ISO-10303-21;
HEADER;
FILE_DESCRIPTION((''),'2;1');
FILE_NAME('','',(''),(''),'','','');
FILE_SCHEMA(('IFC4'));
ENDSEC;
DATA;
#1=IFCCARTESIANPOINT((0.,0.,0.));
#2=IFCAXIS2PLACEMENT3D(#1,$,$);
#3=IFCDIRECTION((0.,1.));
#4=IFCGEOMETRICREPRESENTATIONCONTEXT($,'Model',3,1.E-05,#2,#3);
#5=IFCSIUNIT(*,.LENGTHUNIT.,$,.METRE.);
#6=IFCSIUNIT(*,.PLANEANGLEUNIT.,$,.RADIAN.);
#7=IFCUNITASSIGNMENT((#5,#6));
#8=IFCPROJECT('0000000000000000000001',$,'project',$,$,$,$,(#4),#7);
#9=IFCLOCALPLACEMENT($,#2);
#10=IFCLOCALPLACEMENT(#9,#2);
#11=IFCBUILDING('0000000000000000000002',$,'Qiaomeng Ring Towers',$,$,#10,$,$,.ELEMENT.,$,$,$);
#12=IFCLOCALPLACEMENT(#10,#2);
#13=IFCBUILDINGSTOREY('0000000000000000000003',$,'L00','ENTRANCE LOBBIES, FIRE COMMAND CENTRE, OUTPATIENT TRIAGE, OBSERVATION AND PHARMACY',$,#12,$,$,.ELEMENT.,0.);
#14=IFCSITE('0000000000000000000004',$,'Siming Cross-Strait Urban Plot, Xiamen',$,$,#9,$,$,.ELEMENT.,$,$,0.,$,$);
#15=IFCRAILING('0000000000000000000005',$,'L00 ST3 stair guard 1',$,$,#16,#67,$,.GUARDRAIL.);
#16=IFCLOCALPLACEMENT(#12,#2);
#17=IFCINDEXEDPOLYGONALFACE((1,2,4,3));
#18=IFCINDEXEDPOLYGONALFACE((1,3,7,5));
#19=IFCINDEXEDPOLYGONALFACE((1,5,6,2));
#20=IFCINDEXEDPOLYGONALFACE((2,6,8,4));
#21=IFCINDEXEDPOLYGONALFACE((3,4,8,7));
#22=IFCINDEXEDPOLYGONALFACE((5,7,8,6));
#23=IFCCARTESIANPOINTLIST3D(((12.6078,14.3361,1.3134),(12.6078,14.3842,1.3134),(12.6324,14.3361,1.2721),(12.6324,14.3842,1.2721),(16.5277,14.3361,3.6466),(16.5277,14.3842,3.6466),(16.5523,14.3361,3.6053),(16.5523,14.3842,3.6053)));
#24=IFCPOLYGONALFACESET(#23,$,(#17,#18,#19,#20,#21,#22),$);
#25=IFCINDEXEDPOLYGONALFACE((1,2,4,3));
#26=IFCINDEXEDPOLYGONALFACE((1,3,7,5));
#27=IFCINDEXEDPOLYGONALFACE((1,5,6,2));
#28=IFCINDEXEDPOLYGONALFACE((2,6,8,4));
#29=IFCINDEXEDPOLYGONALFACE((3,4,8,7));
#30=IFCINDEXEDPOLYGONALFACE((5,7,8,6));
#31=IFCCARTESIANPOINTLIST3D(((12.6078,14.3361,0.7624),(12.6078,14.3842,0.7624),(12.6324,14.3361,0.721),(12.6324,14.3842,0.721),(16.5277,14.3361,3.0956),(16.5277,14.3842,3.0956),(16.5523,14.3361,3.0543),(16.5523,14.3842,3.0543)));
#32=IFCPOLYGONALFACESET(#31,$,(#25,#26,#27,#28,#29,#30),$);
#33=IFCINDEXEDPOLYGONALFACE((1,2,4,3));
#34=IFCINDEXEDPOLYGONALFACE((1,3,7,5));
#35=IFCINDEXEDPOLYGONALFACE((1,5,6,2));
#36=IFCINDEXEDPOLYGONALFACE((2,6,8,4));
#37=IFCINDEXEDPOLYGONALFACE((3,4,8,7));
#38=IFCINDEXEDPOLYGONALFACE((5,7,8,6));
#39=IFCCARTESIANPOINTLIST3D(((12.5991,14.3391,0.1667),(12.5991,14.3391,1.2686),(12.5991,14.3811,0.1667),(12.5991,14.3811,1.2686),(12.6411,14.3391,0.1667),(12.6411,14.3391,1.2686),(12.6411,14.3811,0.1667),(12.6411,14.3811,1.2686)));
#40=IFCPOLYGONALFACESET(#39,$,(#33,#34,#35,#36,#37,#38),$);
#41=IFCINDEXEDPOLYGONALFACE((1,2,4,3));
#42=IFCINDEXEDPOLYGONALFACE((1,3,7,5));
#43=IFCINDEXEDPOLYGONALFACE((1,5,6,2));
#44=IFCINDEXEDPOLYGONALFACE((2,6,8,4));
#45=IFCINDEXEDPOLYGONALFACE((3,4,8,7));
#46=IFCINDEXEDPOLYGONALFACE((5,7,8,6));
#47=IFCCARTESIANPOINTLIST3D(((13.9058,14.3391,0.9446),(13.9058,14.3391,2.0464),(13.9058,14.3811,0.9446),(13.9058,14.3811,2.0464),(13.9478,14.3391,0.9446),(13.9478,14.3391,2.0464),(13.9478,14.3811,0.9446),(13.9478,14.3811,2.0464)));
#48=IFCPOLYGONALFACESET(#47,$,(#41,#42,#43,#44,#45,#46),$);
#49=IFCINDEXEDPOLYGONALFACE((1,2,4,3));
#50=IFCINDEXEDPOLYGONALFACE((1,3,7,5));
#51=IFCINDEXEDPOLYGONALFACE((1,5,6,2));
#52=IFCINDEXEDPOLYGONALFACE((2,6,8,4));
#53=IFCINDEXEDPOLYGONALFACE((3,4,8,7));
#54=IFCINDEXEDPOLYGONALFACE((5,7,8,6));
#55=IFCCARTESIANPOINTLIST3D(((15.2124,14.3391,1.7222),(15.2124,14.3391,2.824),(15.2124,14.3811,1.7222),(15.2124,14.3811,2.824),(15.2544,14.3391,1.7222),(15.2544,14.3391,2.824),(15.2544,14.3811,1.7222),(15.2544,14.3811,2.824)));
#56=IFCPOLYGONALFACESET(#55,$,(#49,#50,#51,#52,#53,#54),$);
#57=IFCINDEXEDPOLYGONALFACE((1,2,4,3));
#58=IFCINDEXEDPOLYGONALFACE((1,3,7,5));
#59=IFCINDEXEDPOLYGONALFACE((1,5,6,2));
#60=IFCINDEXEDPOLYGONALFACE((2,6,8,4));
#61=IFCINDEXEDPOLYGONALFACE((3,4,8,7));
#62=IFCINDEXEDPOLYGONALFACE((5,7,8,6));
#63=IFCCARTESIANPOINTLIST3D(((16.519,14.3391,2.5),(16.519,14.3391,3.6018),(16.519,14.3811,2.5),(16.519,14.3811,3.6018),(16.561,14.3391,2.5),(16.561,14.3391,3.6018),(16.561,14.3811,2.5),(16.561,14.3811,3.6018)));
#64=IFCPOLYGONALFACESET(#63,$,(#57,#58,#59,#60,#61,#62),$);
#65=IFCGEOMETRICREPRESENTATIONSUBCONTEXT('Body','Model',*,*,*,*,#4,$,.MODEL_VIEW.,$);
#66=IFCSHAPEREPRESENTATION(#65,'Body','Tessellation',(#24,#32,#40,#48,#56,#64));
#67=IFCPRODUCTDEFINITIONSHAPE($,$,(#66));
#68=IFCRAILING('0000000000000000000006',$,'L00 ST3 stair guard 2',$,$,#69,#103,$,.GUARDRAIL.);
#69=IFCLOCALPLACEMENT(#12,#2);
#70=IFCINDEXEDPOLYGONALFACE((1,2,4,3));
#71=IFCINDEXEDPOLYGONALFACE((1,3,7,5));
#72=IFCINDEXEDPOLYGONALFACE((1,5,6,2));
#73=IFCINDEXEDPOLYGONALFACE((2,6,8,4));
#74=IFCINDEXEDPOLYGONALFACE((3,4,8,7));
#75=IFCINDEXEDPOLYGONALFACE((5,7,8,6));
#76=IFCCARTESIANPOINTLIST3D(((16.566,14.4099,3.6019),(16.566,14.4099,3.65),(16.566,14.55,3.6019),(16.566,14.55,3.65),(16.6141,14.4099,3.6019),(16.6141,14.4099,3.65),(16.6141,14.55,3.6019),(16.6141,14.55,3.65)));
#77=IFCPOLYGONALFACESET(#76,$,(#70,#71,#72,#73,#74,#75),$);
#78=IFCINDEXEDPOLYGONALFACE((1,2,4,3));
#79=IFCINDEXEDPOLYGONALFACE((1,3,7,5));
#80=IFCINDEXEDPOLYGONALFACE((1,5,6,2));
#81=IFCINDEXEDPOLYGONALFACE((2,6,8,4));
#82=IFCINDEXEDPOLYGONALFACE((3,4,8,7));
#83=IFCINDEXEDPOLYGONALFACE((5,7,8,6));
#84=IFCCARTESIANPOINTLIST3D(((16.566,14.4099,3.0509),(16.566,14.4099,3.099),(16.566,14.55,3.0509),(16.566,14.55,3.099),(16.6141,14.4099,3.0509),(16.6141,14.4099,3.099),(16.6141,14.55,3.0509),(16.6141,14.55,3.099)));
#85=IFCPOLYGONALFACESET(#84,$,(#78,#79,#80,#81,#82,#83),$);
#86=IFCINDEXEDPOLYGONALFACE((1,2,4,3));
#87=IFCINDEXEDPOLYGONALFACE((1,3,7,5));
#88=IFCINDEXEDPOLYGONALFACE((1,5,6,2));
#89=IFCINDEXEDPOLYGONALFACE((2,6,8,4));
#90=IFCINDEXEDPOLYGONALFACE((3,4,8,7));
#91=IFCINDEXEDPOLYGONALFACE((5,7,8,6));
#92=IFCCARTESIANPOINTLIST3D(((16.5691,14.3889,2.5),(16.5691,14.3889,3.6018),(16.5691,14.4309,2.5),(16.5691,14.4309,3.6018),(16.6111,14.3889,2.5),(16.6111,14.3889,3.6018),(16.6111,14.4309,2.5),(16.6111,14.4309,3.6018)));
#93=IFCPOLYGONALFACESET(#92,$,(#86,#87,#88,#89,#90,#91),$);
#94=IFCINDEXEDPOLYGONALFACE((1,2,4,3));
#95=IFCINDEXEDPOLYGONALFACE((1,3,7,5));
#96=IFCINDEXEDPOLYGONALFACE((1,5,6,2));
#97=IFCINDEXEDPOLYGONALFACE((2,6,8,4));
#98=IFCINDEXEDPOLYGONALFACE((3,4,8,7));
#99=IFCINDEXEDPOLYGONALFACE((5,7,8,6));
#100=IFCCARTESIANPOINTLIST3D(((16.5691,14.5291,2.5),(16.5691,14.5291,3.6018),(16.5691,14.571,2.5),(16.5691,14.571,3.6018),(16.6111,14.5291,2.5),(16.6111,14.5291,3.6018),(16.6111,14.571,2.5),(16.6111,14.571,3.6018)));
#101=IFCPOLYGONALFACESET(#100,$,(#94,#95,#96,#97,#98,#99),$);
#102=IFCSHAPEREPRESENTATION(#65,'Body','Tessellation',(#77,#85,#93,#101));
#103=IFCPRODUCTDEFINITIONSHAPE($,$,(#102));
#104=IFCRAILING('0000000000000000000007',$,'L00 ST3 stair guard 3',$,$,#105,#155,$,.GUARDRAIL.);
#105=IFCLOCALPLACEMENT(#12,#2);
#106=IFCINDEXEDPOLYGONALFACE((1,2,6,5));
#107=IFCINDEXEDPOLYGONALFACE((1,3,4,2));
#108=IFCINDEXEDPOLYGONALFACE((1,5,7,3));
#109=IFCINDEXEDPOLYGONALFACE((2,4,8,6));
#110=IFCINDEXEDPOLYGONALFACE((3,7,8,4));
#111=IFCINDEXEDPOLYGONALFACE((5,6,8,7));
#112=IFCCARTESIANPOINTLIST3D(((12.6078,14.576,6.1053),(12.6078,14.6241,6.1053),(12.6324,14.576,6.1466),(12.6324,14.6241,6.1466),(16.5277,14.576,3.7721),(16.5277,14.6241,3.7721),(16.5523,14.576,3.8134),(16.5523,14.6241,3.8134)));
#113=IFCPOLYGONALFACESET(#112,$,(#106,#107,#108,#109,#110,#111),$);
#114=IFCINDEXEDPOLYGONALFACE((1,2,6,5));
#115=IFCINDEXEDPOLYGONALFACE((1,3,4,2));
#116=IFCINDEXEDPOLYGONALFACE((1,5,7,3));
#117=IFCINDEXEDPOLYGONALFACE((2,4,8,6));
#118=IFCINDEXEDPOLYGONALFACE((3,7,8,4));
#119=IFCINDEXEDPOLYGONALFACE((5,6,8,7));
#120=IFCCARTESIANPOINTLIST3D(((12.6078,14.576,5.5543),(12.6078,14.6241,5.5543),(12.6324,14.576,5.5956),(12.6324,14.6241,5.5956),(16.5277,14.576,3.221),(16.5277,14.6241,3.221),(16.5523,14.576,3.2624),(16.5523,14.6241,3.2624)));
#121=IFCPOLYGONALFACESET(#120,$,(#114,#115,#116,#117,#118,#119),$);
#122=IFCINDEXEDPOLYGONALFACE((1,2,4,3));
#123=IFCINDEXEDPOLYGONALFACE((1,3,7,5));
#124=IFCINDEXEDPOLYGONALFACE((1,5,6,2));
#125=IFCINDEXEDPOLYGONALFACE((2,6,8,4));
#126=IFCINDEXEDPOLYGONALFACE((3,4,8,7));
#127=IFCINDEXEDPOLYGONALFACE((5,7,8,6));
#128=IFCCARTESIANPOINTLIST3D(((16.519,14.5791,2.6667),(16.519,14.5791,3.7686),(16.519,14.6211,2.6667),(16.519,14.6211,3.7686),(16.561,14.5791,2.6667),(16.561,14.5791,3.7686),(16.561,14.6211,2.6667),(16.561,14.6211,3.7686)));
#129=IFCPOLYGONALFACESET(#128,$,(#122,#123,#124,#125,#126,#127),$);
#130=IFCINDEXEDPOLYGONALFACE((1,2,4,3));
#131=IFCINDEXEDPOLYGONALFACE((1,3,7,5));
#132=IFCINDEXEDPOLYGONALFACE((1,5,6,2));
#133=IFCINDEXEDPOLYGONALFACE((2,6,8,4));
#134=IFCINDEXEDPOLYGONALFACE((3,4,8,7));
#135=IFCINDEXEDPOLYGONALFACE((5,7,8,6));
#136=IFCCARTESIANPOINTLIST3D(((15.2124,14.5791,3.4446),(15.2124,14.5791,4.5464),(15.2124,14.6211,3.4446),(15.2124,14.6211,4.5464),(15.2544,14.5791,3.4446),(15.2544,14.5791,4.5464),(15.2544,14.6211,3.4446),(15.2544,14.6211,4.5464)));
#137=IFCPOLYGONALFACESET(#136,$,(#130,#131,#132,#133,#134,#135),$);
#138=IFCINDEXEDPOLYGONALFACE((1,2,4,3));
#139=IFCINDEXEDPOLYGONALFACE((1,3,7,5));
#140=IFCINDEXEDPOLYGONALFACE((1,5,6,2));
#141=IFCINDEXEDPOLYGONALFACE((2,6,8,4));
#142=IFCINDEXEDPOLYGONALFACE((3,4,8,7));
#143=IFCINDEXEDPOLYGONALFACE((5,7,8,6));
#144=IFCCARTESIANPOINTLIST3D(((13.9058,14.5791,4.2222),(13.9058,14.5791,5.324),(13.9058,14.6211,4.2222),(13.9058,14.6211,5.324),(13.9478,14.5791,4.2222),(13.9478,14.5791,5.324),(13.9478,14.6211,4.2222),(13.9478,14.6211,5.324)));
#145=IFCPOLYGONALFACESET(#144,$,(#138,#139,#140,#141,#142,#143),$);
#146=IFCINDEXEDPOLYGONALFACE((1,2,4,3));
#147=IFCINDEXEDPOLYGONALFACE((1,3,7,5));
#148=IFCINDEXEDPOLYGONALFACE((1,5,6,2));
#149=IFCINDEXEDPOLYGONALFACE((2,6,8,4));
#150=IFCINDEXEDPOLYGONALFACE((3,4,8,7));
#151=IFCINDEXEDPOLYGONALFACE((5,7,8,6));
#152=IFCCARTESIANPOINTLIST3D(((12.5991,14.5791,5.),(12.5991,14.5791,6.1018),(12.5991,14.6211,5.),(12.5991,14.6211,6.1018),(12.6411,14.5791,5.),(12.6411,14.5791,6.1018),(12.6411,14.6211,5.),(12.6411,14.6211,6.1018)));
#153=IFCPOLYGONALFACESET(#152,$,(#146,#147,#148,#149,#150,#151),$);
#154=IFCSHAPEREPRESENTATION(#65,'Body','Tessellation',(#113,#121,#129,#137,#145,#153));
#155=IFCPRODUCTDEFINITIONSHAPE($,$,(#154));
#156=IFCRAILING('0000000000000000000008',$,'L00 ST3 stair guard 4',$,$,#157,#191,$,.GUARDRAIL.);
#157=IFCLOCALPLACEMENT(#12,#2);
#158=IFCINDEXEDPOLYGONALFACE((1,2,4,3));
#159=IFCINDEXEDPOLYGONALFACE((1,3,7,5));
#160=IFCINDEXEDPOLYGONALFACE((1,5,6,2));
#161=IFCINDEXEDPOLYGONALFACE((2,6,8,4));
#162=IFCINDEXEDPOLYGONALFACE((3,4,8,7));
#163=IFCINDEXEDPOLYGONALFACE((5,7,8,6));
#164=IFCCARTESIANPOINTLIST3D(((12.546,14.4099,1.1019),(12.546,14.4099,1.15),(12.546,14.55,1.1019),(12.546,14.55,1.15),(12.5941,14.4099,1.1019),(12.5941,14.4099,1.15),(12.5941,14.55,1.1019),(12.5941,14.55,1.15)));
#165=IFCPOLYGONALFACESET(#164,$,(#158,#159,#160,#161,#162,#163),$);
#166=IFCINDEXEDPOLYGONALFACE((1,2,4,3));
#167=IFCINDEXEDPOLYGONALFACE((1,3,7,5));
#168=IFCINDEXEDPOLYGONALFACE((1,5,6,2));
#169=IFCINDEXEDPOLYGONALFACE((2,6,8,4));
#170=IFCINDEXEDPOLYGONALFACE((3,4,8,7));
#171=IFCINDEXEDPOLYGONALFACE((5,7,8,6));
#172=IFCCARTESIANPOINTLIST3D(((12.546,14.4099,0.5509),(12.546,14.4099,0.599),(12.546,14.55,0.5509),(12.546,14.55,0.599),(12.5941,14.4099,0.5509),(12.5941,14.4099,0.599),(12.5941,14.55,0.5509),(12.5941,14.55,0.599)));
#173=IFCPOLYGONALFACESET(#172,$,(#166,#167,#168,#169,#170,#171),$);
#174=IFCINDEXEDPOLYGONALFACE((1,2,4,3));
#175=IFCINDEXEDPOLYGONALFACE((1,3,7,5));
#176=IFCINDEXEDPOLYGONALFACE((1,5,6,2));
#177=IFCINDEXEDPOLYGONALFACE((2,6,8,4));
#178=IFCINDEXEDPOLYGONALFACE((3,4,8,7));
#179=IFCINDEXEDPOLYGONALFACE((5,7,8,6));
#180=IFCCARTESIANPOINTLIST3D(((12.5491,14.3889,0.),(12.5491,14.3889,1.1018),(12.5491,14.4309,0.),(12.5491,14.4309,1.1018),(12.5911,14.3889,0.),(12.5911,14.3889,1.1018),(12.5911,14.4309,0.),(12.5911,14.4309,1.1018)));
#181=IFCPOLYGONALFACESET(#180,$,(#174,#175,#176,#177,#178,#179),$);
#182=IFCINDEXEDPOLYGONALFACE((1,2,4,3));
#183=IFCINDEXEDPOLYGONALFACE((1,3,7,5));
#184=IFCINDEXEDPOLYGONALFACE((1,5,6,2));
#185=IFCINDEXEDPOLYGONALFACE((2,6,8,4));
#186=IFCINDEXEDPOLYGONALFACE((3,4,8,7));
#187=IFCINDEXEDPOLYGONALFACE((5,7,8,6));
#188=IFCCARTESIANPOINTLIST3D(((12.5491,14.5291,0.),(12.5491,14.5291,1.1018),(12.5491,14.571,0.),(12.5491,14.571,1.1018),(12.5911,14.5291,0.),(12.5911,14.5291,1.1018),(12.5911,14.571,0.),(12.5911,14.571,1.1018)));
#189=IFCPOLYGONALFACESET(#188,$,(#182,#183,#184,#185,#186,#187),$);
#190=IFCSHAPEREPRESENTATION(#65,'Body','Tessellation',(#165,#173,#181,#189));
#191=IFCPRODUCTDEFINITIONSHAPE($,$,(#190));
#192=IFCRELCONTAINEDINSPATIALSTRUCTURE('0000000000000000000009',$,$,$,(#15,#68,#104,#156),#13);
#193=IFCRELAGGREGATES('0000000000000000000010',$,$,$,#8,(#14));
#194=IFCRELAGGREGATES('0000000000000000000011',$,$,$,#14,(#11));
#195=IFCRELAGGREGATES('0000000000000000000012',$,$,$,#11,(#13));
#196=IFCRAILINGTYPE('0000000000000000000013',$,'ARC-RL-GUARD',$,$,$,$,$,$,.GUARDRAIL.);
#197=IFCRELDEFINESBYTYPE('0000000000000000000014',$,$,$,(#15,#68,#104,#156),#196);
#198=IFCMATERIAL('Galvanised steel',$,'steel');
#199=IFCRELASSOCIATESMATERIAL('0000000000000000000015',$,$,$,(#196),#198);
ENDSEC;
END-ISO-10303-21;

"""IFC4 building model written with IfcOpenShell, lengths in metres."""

from ifc_helpers import new_model, si_unit, direction, frame, origin, origin_2d, place, context, subcontext, project, spatial, rectangle, extrude, material, type_object, element, save


model = new_model("IFC4")

# Units and contexts
model_context = context("Model", 3, precision=1e-05, world=origin(), true_north=direction((0.0, 1.0)))
body_context = subcontext(model_context, "Body", "Model", "MODEL_VIEW")
ifc_project = project(units=[si_unit("LENGTHUNIT", "METRE"), si_unit("PLANEANGLEUNIT", "RADIAN")], contexts=[model_context])

# Site, building, storey
site_placement = place(None, origin())
site = spatial("IfcSite", under=ifc_project, at=site_placement, Name="Siming Cross-Strait Urban Plot, Xiamen", CompositionType="ELEMENT", RefElevation=0.0)
building_placement = place(site_placement, origin())
building = spatial("IfcBuilding", under=site, at=building_placement, Name="Qiaomeng Ring Towers", CompositionType="ELEMENT")
storey_placement = place(building_placement, origin())
storey = spatial("IfcBuildingStorey", under=building, at=storey_placement, Name="L00", Description="ENTRANCE LOBBIES, FIRE COMMAND CENTRE, OUTPATIENT TRIAGE, OBSERVATION AND PHARMACY", CompositionType="ELEMENT", Elevation=0.0)

# Shared definitions
ifc_material_1 = material(Name="Galvanised steel", Category="steel")

# Railings
railing_type_1 = type_object("IfcRailingType", Name="ARC-RL-GUARD", PredefinedType="GUARDRAIL", material=ifc_material_1)
railing_1_placement = place(storey_placement, frame((12.6201, 14.3601, 0.1667)))
element("IfcRailing", 1, at=railing_1_placement, inside=storey, type_object=railing_type_1, Name="L00 ST3 stair guard 1", PredefinedType="GUARDRAIL", context=body_context, shape_type="SweptSolid", body=[
    extrude(rectangle(XDim=0.0481, YDim=0.0481, at=origin_2d()), frame((0.0, 0.0, 1.126), z_axis=(0.859296, 0.0, 0.511478), x_axis=(0.0, 1.0, 0.0)), (0.0, 0.0, 1.0), 4.5618),
    extrude(rectangle(XDim=0.0481, YDim=0.0481, at=origin_2d()), frame((0.0, 0.0, 0.575), z_axis=(0.859296, 0.0, 0.511478), x_axis=(0.0, 1.0, 0.0)), (0.0, 0.0, 1.0), 4.5618),
    extrude(rectangle(XDim=0.042, YDim=0.042, at=origin_2d()), origin(), (0.0, 0.0, 1.0), 1.1018),
    extrude(rectangle(XDim=0.042, YDim=0.042, at=origin_2d()), frame((1.3066, 0.0, 0.7778)), (0.0, 0.0, 1.0), 1.1018),
    extrude(rectangle(XDim=0.042, YDim=0.042, at=origin_2d()), frame((2.6133, 0.0, 1.5554)), (0.0, 0.0, 1.0), 1.1018),
    extrude(rectangle(XDim=0.042, YDim=0.042, at=origin_2d()), frame((3.9199, 0.0, 2.3333)), (0.0, 0.0, 1.0), 1.1018),
])
railing_2_placement = place(storey_placement, frame((16.5901, 14.4099, 2.5)))
element("IfcRailing", 2, at=railing_2_placement, inside=storey, type_object=railing_type_1, Name="L00 ST3 stair guard 2", PredefinedType="GUARDRAIL", context=body_context, shape_type="SweptSolid", body=[
    extrude(rectangle(XDim=0.0481, YDim=0.0481, at=origin_2d()), frame((0.0, 0.0, 1.126), z_axis=(0.0, 1.0, 0.0), x_axis=(-1.0, 0.0, 0.0)), (0.0, 0.0, 1.0), 0.1401),
    extrude(rectangle(XDim=0.0481, YDim=0.0481, at=origin_2d()), frame((0.0, 0.0, 0.575), z_axis=(0.0, 1.0, 0.0), x_axis=(-1.0, 0.0, 0.0)), (0.0, 0.0, 1.0), 0.1401),
    extrude(rectangle(XDim=0.042, YDim=0.042, at=origin_2d()), origin(), (0.0, 0.0, 1.0), 1.1018),
    extrude(rectangle(XDim=0.042, YDim=0.042, at=origin_2d()), frame((0.0, 0.1401, 0.0)), (0.0, 0.0, 1.0), 1.1018),
])
railing_3_placement = place(storey_placement, frame((16.54, 14.6001, 2.6667)))
element("IfcRailing", 3, at=railing_3_placement, inside=storey, type_object=railing_type_1, Name="L00 ST3 stair guard 3", PredefinedType="GUARDRAIL", context=body_context, shape_type="SweptSolid", body=[
    extrude(rectangle(XDim=0.0481, YDim=0.0481, at=origin_2d()), frame((0.0, 0.0, 1.126), z_axis=(-0.859296, 0.0, 0.511478), x_axis=(0.0, -1.0, 0.0)), (0.0, 0.0, 1.0), 4.5618),
    extrude(rectangle(XDim=0.0481, YDim=0.0481, at=origin_2d()), frame((0.0, 0.0, 0.575), z_axis=(-0.859296, 0.0, 0.511478), x_axis=(0.0, -1.0, 0.0)), (0.0, 0.0, 1.0), 4.5618),
    extrude(rectangle(XDim=0.042, YDim=0.042, at=origin_2d()), origin(), (0.0, 0.0, 1.0), 1.1018),
    extrude(rectangle(XDim=0.042, YDim=0.042, at=origin_2d()), frame((-1.3066, 0.0, 0.7778)), (0.0, 0.0, 1.0), 1.1018),
    extrude(rectangle(XDim=0.042, YDim=0.042, at=origin_2d()), frame((-2.6133, 0.0, 1.5554)), (0.0, 0.0, 1.0), 1.1018),
    extrude(rectangle(XDim=0.042, YDim=0.042, at=origin_2d()), frame((-3.9199, 0.0, 2.3333)), (0.0, 0.0, 1.0), 1.1018),
])
railing_4_placement = place(storey_placement, frame((12.5701, 14.4099, 0.0)))
element("IfcRailing", 4, at=railing_4_placement, inside=storey, type_object=railing_type_1, Name="L00 ST3 stair guard 4", PredefinedType="GUARDRAIL", context=body_context, shape_type="SweptSolid", body=[
    extrude(rectangle(XDim=0.0481, YDim=0.0481, at=origin_2d()), frame((0.0, 0.0, 1.126), z_axis=(0.0, 1.0, 0.0), x_axis=(-1.0, 0.0, 0.0)), (0.0, 0.0, 1.0), 0.1401),
    extrude(rectangle(XDim=0.0481, YDim=0.0481, at=origin_2d()), frame((0.0, 0.0, 0.575), z_axis=(0.0, 1.0, 0.0), x_axis=(-1.0, 0.0, 0.0)), (0.0, 0.0, 1.0), 0.1401),
    extrude(rectangle(XDim=0.042, YDim=0.042, at=origin_2d()), origin(), (0.0, 0.0, 1.0), 1.1018),
    extrude(rectangle(XDim=0.042, YDim=0.042, at=origin_2d()), frame((0.0, 0.1401, 0.0)), (0.0, 0.0, 1.0), 1.1018),
])

save(model, "model.ifc")
